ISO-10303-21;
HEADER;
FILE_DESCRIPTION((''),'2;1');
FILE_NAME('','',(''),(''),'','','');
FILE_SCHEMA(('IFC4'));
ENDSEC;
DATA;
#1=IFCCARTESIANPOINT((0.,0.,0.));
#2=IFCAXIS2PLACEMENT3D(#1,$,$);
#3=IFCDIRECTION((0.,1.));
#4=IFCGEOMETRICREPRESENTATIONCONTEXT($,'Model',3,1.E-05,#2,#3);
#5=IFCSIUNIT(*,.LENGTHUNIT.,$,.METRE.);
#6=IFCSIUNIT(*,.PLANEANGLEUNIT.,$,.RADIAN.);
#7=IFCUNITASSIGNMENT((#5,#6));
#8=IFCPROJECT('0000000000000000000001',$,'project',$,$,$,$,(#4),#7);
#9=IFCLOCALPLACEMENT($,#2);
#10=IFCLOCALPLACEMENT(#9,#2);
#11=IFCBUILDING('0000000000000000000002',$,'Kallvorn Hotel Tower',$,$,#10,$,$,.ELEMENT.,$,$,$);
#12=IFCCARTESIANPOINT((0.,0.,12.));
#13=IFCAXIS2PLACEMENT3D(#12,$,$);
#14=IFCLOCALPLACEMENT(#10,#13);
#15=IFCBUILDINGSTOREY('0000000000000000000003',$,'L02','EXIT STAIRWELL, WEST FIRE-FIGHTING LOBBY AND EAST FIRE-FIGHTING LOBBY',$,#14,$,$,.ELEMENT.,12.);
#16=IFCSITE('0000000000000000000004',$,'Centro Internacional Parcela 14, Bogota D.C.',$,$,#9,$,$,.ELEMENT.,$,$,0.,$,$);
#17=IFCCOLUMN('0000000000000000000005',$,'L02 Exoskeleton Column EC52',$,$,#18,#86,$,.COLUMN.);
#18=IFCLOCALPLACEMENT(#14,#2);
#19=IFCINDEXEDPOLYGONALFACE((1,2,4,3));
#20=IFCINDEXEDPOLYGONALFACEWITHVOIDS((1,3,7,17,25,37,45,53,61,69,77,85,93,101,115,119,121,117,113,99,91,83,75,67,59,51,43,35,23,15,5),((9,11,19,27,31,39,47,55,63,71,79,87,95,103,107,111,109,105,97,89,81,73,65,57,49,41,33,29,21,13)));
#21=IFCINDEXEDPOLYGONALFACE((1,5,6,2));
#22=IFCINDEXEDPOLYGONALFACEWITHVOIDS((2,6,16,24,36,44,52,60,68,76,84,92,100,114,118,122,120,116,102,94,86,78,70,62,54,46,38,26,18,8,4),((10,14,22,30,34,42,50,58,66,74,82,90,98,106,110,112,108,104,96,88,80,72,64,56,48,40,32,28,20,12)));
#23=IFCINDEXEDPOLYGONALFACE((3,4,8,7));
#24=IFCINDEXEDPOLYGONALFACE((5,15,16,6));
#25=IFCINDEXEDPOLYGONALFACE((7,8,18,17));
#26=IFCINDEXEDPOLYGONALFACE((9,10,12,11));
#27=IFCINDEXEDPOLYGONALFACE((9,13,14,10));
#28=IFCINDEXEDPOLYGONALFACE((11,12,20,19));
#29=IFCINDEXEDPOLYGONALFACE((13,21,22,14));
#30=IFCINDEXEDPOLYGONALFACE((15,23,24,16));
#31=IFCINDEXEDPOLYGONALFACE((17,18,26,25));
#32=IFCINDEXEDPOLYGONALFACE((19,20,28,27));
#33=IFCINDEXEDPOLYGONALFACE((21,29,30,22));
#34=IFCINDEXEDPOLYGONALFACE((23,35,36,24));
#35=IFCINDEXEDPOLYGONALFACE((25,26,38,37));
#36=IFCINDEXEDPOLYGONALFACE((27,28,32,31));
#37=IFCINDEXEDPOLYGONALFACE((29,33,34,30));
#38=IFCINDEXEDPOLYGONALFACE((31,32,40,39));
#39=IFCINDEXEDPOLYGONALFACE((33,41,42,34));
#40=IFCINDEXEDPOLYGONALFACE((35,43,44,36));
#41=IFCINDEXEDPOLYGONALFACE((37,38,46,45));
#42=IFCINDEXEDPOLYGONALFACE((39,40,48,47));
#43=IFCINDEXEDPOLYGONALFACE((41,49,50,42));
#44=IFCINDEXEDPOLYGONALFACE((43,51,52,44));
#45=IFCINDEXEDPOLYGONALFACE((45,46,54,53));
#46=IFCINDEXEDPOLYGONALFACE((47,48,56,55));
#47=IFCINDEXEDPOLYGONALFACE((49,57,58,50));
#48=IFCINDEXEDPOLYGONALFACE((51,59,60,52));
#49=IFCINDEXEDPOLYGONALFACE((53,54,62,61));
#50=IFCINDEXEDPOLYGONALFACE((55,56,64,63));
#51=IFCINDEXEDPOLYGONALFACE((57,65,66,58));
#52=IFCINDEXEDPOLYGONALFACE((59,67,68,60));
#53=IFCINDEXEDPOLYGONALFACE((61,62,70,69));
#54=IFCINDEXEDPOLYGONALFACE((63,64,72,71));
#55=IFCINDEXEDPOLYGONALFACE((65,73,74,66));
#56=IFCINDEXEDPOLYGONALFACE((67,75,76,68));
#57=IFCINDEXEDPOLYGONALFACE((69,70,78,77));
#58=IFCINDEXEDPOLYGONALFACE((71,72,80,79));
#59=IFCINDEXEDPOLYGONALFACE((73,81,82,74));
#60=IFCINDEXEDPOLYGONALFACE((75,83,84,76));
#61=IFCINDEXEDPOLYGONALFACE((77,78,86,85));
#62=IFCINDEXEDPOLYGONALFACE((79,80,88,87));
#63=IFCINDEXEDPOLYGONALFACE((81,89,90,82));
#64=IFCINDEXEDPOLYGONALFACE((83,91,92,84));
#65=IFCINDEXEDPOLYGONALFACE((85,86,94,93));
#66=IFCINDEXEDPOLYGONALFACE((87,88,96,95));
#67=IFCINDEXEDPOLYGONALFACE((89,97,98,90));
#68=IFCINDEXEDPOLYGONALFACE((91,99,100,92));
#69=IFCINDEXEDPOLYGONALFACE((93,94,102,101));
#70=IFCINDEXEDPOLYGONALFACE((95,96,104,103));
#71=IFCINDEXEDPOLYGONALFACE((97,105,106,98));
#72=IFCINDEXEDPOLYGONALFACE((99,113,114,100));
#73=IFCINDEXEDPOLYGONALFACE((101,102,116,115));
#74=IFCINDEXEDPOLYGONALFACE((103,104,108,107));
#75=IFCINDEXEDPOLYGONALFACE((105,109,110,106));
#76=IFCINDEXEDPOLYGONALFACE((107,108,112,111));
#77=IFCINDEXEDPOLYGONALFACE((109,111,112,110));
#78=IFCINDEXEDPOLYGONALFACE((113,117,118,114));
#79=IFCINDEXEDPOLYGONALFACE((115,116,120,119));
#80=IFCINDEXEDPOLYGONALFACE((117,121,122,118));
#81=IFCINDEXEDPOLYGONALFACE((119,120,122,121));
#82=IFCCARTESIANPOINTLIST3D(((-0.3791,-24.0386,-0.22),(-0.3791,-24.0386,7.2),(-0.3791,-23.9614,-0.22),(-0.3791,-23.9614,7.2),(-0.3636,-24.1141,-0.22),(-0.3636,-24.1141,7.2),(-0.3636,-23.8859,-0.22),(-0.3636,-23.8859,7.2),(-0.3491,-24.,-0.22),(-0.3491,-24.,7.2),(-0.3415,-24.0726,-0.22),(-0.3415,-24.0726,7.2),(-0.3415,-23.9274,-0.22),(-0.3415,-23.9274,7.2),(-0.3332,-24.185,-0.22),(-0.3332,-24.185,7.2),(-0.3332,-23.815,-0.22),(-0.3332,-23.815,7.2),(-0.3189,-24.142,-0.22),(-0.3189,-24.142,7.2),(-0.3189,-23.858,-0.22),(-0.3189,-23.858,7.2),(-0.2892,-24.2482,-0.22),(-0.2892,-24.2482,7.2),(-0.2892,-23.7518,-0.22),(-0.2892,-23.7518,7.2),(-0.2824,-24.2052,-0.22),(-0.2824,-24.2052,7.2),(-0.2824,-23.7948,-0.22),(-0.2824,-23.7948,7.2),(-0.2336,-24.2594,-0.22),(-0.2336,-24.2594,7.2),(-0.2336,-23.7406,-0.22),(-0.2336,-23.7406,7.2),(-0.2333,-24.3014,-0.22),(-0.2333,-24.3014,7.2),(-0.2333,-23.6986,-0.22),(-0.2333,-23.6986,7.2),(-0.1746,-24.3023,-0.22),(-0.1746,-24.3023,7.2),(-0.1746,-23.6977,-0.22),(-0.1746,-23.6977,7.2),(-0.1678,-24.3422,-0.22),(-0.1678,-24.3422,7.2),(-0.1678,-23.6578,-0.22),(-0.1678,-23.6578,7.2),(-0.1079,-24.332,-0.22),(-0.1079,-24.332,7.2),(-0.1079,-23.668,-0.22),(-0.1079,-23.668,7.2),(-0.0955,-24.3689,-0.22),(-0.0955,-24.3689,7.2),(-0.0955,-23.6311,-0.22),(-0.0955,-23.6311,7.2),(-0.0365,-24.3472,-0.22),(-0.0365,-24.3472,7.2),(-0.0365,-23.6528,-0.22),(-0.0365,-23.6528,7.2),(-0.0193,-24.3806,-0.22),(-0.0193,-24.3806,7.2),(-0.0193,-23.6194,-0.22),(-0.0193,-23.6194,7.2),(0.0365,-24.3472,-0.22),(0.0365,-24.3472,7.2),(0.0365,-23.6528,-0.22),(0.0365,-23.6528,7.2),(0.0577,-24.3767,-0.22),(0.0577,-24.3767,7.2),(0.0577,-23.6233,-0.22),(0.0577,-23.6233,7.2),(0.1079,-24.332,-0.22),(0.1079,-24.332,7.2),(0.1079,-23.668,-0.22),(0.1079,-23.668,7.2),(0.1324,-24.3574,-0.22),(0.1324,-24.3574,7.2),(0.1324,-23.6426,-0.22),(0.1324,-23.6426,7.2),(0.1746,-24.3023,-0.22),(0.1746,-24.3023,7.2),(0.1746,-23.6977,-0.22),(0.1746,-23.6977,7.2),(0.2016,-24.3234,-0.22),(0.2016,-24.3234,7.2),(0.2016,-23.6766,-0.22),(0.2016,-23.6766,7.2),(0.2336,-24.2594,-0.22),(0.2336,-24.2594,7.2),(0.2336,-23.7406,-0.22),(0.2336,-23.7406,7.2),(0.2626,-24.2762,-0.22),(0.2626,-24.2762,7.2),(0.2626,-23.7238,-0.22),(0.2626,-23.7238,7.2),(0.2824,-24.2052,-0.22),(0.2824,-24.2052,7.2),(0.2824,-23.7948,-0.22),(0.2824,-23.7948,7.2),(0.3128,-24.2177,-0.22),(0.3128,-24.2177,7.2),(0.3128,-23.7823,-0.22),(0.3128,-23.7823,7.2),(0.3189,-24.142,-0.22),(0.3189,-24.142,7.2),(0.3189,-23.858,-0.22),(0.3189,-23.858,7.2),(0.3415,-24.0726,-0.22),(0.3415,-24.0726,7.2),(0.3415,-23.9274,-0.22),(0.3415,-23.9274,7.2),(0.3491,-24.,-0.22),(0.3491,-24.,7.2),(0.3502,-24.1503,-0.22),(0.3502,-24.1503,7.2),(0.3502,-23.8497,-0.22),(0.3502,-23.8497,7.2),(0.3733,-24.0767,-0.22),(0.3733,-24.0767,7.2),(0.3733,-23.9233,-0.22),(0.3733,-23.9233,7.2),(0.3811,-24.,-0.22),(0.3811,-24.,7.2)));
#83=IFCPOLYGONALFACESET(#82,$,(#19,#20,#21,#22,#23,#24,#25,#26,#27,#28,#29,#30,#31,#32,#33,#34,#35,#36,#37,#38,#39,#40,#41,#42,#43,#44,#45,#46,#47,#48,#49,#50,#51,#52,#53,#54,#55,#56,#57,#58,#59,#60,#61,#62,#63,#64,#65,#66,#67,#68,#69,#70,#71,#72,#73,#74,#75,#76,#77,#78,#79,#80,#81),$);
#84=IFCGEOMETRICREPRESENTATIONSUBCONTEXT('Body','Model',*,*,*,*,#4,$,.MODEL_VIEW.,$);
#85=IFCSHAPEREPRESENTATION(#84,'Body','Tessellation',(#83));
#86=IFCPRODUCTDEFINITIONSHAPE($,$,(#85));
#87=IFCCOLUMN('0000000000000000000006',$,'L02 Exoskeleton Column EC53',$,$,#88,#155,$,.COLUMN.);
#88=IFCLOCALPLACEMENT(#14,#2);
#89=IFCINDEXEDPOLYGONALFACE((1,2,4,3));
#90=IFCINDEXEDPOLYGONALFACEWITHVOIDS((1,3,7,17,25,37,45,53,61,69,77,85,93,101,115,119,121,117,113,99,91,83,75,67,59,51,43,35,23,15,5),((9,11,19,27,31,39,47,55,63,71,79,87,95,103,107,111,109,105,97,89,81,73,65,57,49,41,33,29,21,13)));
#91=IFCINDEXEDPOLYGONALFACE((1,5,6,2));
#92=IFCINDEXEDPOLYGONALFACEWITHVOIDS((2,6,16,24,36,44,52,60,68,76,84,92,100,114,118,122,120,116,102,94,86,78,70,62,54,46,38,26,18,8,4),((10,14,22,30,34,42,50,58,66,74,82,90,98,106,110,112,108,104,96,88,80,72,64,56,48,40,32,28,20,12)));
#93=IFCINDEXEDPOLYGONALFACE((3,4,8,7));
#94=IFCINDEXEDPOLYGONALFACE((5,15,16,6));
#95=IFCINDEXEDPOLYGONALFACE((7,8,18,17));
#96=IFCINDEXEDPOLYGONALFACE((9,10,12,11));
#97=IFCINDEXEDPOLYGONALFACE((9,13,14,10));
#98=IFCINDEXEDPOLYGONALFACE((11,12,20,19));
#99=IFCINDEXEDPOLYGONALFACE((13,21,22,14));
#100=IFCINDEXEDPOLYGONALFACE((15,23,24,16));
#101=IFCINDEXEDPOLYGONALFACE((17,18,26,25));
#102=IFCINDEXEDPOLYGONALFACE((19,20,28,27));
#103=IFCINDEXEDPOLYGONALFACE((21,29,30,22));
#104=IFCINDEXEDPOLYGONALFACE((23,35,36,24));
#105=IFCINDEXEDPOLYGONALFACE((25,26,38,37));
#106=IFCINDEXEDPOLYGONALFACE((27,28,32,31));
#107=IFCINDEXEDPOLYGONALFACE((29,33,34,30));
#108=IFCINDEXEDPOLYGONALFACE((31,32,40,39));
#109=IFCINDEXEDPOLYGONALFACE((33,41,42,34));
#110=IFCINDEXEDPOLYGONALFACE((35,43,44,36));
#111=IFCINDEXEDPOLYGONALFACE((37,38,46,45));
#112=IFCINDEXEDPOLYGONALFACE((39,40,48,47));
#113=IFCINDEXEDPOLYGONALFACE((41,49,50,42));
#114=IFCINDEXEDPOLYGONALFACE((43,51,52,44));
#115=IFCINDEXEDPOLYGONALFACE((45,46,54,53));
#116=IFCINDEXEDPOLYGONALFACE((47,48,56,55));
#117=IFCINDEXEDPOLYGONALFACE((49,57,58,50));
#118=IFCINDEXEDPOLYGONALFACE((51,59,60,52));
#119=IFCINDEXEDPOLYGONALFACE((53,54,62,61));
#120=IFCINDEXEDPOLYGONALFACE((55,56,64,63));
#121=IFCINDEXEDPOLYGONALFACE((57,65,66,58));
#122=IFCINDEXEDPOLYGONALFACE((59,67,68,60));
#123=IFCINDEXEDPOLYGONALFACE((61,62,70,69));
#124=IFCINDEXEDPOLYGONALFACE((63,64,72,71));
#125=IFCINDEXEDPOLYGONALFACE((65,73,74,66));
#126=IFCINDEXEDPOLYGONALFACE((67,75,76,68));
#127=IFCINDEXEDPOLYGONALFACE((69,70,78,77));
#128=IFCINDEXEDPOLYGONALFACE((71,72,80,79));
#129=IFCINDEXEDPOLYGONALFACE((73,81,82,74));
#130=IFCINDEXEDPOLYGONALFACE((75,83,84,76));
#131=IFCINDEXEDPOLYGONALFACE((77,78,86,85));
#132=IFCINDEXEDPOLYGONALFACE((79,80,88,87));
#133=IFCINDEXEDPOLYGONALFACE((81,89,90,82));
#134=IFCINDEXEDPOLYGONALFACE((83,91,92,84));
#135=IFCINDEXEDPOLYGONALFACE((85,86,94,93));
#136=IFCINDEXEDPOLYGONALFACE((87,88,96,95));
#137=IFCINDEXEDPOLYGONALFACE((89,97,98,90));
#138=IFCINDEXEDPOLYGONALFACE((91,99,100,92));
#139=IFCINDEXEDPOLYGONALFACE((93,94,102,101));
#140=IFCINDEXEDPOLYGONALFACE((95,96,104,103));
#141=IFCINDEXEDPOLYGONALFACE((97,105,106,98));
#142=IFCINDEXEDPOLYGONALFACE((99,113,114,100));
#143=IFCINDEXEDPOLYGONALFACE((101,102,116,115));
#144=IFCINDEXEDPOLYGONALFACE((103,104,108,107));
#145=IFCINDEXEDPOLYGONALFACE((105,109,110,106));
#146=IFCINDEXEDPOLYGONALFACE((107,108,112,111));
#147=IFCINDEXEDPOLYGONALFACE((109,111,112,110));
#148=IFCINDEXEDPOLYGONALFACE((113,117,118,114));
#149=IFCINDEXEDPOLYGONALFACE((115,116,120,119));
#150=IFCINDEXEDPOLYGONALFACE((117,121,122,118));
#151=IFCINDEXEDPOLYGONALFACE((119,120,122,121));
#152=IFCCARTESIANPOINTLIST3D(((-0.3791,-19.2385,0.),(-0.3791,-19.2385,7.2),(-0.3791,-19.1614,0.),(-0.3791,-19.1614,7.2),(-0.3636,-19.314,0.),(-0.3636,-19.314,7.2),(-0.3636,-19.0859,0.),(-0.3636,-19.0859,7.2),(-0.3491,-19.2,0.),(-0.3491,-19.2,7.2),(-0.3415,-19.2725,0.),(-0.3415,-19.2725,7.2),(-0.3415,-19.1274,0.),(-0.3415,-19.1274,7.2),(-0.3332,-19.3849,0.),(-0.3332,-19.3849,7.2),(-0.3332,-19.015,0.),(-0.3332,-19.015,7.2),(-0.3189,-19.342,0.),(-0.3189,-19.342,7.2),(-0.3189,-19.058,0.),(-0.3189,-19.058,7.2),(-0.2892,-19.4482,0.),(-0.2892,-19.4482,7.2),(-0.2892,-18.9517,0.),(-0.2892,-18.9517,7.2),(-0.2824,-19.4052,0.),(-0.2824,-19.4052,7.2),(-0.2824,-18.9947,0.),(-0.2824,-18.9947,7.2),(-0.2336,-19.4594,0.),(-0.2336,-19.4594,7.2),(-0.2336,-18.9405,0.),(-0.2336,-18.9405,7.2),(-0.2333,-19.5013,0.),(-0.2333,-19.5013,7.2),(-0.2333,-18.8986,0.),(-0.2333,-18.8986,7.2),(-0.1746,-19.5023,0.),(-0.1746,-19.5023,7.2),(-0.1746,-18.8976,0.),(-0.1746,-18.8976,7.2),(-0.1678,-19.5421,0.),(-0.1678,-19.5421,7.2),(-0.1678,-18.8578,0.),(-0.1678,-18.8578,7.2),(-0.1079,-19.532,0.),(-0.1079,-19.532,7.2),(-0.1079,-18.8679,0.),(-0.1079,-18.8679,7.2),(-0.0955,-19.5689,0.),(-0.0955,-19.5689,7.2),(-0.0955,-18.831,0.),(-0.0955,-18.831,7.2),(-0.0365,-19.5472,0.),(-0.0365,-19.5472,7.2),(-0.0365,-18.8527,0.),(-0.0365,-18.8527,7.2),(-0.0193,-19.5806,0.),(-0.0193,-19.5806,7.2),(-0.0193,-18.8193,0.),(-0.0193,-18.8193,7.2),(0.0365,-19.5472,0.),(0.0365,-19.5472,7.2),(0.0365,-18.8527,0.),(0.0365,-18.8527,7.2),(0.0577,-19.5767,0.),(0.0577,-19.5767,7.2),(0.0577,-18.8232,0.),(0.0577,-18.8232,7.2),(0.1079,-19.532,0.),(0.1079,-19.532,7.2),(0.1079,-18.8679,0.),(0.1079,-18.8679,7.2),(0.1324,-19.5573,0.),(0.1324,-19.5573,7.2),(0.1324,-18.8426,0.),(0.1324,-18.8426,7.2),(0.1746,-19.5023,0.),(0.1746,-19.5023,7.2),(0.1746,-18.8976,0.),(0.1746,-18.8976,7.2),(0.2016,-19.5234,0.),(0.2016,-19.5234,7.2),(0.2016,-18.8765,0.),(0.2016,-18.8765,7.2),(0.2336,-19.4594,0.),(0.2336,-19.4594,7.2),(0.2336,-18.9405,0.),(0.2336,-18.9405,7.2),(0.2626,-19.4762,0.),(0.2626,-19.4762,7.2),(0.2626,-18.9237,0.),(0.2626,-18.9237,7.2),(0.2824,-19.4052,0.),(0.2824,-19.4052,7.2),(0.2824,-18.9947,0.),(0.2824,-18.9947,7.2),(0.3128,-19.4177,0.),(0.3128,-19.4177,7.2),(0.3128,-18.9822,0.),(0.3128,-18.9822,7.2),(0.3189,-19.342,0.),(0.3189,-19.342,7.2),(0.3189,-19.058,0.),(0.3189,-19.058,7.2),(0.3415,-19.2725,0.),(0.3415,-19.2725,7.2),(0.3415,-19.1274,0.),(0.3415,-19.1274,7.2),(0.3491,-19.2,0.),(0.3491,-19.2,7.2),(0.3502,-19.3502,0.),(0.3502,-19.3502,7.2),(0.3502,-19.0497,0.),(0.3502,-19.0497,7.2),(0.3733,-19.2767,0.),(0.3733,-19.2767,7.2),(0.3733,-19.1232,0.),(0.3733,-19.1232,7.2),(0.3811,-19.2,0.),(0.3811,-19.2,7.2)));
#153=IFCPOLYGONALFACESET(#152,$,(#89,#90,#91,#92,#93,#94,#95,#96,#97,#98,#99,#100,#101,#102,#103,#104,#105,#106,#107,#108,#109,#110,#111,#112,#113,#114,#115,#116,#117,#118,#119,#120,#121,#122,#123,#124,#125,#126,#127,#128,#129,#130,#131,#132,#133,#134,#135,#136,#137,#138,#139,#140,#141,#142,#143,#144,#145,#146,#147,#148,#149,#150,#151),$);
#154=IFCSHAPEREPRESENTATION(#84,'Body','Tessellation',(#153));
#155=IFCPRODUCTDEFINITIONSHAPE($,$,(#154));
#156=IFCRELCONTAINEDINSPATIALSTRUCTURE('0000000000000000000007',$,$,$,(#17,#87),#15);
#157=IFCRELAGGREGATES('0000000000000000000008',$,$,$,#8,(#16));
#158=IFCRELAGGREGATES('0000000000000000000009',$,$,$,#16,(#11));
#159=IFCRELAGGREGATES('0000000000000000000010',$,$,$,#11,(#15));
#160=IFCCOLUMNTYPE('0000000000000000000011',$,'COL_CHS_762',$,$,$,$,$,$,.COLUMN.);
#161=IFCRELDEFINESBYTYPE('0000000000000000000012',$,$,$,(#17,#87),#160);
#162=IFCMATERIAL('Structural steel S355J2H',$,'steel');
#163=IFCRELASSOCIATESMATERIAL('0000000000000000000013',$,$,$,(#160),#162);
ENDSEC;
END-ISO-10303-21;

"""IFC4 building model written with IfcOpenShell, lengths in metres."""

from ifc_helpers import new_model, si_unit, direction, frame, origin, origin_2d, place, context, subcontext, project, spatial, hollow_circle, extrude, material, material_profile, profile_set, type_object, element, save


model = new_model("IFC4")

# Units and contexts
model_context = context("Model", 3, precision=1e-05, world=origin(), true_north=direction((0.0, 1.0)))
body_context = subcontext(model_context, "Body", "Model", "MODEL_VIEW")
ifc_project = project(units=[si_unit("LENGTHUNIT", "METRE"), si_unit("PLANEANGLEUNIT", "RADIAN")], contexts=[model_context])

# Site, building, storey
site_placement = place(None, origin())
site = spatial("IfcSite", under=ifc_project, at=site_placement, Name="Centro Internacional Parcela 14, Bogota D.C.", CompositionType="ELEMENT", RefElevation=0.0)
building_placement = place(site_placement, origin())
building = spatial("IfcBuilding", under=site, at=building_placement, Name="Kallvorn Hotel Tower", CompositionType="ELEMENT")
storey_placement = place(building_placement, frame((0.0, 0.0, 12.0)))
storey = spatial("IfcBuildingStorey", under=building, at=storey_placement, Name="L02", Description="EXIT STAIRWELL, WEST FIRE-FIGHTING LOBBY AND EAST FIRE-FIGHTING LOBBY", CompositionType="ELEMENT", Elevation=12.0)

# Columns
ifc_material_1 = material(Name="Structural steel S355J2H", Category="steel")
ifc_material_profile_1 = material_profile(ifc_material_1, hollow_circle(Radius=0.3811, WallThickness=0.032, at=origin_2d()), Name="CHS 762x32")
ifc_profile_set_1 = profile_set([ifc_material_profile_1], Name="Structural steel S355J2H")
column_type_1 = type_object("IfcColumnType", Name="COL_CHS_762", PredefinedType="COLUMN", material=ifc_profile_set_1)
column_1_placement = place(storey_placement, frame((0.0, -24.0, -0.22), z_axis=(0.0, 0.0, 1.0), x_axis=(1.0, 0.0, 0.0)))
element("IfcColumn", 1, at=column_1_placement, inside=storey, type_object=column_type_1, Name="L02 Exoskeleton Column EC52", PredefinedType="COLUMN", context=body_context, shape_type="SweptSolid", body=[
    extrude(hollow_circle(Radius=0.3811, WallThickness=0.032, at=origin_2d()), origin(), (0.0, 0.0, 1.0), 7.4199),
])
column_2_placement = place(storey_placement, frame((0.0, -19.2, 0.0), z_axis=(0.0, 0.0, 1.0), x_axis=(1.0, 0.0, 0.0)))
element("IfcColumn", 2, at=column_2_placement, inside=storey, type_object=column_type_1, Name="L02 Exoskeleton Column EC53", PredefinedType="COLUMN", context=body_context, shape_type="SweptSolid", body=[
    extrude(hollow_circle(Radius=0.3811, WallThickness=0.032, at=origin_2d()), origin(), (0.0, 0.0, 1.0), 7.2),
])

save(model, "model.ifc")
